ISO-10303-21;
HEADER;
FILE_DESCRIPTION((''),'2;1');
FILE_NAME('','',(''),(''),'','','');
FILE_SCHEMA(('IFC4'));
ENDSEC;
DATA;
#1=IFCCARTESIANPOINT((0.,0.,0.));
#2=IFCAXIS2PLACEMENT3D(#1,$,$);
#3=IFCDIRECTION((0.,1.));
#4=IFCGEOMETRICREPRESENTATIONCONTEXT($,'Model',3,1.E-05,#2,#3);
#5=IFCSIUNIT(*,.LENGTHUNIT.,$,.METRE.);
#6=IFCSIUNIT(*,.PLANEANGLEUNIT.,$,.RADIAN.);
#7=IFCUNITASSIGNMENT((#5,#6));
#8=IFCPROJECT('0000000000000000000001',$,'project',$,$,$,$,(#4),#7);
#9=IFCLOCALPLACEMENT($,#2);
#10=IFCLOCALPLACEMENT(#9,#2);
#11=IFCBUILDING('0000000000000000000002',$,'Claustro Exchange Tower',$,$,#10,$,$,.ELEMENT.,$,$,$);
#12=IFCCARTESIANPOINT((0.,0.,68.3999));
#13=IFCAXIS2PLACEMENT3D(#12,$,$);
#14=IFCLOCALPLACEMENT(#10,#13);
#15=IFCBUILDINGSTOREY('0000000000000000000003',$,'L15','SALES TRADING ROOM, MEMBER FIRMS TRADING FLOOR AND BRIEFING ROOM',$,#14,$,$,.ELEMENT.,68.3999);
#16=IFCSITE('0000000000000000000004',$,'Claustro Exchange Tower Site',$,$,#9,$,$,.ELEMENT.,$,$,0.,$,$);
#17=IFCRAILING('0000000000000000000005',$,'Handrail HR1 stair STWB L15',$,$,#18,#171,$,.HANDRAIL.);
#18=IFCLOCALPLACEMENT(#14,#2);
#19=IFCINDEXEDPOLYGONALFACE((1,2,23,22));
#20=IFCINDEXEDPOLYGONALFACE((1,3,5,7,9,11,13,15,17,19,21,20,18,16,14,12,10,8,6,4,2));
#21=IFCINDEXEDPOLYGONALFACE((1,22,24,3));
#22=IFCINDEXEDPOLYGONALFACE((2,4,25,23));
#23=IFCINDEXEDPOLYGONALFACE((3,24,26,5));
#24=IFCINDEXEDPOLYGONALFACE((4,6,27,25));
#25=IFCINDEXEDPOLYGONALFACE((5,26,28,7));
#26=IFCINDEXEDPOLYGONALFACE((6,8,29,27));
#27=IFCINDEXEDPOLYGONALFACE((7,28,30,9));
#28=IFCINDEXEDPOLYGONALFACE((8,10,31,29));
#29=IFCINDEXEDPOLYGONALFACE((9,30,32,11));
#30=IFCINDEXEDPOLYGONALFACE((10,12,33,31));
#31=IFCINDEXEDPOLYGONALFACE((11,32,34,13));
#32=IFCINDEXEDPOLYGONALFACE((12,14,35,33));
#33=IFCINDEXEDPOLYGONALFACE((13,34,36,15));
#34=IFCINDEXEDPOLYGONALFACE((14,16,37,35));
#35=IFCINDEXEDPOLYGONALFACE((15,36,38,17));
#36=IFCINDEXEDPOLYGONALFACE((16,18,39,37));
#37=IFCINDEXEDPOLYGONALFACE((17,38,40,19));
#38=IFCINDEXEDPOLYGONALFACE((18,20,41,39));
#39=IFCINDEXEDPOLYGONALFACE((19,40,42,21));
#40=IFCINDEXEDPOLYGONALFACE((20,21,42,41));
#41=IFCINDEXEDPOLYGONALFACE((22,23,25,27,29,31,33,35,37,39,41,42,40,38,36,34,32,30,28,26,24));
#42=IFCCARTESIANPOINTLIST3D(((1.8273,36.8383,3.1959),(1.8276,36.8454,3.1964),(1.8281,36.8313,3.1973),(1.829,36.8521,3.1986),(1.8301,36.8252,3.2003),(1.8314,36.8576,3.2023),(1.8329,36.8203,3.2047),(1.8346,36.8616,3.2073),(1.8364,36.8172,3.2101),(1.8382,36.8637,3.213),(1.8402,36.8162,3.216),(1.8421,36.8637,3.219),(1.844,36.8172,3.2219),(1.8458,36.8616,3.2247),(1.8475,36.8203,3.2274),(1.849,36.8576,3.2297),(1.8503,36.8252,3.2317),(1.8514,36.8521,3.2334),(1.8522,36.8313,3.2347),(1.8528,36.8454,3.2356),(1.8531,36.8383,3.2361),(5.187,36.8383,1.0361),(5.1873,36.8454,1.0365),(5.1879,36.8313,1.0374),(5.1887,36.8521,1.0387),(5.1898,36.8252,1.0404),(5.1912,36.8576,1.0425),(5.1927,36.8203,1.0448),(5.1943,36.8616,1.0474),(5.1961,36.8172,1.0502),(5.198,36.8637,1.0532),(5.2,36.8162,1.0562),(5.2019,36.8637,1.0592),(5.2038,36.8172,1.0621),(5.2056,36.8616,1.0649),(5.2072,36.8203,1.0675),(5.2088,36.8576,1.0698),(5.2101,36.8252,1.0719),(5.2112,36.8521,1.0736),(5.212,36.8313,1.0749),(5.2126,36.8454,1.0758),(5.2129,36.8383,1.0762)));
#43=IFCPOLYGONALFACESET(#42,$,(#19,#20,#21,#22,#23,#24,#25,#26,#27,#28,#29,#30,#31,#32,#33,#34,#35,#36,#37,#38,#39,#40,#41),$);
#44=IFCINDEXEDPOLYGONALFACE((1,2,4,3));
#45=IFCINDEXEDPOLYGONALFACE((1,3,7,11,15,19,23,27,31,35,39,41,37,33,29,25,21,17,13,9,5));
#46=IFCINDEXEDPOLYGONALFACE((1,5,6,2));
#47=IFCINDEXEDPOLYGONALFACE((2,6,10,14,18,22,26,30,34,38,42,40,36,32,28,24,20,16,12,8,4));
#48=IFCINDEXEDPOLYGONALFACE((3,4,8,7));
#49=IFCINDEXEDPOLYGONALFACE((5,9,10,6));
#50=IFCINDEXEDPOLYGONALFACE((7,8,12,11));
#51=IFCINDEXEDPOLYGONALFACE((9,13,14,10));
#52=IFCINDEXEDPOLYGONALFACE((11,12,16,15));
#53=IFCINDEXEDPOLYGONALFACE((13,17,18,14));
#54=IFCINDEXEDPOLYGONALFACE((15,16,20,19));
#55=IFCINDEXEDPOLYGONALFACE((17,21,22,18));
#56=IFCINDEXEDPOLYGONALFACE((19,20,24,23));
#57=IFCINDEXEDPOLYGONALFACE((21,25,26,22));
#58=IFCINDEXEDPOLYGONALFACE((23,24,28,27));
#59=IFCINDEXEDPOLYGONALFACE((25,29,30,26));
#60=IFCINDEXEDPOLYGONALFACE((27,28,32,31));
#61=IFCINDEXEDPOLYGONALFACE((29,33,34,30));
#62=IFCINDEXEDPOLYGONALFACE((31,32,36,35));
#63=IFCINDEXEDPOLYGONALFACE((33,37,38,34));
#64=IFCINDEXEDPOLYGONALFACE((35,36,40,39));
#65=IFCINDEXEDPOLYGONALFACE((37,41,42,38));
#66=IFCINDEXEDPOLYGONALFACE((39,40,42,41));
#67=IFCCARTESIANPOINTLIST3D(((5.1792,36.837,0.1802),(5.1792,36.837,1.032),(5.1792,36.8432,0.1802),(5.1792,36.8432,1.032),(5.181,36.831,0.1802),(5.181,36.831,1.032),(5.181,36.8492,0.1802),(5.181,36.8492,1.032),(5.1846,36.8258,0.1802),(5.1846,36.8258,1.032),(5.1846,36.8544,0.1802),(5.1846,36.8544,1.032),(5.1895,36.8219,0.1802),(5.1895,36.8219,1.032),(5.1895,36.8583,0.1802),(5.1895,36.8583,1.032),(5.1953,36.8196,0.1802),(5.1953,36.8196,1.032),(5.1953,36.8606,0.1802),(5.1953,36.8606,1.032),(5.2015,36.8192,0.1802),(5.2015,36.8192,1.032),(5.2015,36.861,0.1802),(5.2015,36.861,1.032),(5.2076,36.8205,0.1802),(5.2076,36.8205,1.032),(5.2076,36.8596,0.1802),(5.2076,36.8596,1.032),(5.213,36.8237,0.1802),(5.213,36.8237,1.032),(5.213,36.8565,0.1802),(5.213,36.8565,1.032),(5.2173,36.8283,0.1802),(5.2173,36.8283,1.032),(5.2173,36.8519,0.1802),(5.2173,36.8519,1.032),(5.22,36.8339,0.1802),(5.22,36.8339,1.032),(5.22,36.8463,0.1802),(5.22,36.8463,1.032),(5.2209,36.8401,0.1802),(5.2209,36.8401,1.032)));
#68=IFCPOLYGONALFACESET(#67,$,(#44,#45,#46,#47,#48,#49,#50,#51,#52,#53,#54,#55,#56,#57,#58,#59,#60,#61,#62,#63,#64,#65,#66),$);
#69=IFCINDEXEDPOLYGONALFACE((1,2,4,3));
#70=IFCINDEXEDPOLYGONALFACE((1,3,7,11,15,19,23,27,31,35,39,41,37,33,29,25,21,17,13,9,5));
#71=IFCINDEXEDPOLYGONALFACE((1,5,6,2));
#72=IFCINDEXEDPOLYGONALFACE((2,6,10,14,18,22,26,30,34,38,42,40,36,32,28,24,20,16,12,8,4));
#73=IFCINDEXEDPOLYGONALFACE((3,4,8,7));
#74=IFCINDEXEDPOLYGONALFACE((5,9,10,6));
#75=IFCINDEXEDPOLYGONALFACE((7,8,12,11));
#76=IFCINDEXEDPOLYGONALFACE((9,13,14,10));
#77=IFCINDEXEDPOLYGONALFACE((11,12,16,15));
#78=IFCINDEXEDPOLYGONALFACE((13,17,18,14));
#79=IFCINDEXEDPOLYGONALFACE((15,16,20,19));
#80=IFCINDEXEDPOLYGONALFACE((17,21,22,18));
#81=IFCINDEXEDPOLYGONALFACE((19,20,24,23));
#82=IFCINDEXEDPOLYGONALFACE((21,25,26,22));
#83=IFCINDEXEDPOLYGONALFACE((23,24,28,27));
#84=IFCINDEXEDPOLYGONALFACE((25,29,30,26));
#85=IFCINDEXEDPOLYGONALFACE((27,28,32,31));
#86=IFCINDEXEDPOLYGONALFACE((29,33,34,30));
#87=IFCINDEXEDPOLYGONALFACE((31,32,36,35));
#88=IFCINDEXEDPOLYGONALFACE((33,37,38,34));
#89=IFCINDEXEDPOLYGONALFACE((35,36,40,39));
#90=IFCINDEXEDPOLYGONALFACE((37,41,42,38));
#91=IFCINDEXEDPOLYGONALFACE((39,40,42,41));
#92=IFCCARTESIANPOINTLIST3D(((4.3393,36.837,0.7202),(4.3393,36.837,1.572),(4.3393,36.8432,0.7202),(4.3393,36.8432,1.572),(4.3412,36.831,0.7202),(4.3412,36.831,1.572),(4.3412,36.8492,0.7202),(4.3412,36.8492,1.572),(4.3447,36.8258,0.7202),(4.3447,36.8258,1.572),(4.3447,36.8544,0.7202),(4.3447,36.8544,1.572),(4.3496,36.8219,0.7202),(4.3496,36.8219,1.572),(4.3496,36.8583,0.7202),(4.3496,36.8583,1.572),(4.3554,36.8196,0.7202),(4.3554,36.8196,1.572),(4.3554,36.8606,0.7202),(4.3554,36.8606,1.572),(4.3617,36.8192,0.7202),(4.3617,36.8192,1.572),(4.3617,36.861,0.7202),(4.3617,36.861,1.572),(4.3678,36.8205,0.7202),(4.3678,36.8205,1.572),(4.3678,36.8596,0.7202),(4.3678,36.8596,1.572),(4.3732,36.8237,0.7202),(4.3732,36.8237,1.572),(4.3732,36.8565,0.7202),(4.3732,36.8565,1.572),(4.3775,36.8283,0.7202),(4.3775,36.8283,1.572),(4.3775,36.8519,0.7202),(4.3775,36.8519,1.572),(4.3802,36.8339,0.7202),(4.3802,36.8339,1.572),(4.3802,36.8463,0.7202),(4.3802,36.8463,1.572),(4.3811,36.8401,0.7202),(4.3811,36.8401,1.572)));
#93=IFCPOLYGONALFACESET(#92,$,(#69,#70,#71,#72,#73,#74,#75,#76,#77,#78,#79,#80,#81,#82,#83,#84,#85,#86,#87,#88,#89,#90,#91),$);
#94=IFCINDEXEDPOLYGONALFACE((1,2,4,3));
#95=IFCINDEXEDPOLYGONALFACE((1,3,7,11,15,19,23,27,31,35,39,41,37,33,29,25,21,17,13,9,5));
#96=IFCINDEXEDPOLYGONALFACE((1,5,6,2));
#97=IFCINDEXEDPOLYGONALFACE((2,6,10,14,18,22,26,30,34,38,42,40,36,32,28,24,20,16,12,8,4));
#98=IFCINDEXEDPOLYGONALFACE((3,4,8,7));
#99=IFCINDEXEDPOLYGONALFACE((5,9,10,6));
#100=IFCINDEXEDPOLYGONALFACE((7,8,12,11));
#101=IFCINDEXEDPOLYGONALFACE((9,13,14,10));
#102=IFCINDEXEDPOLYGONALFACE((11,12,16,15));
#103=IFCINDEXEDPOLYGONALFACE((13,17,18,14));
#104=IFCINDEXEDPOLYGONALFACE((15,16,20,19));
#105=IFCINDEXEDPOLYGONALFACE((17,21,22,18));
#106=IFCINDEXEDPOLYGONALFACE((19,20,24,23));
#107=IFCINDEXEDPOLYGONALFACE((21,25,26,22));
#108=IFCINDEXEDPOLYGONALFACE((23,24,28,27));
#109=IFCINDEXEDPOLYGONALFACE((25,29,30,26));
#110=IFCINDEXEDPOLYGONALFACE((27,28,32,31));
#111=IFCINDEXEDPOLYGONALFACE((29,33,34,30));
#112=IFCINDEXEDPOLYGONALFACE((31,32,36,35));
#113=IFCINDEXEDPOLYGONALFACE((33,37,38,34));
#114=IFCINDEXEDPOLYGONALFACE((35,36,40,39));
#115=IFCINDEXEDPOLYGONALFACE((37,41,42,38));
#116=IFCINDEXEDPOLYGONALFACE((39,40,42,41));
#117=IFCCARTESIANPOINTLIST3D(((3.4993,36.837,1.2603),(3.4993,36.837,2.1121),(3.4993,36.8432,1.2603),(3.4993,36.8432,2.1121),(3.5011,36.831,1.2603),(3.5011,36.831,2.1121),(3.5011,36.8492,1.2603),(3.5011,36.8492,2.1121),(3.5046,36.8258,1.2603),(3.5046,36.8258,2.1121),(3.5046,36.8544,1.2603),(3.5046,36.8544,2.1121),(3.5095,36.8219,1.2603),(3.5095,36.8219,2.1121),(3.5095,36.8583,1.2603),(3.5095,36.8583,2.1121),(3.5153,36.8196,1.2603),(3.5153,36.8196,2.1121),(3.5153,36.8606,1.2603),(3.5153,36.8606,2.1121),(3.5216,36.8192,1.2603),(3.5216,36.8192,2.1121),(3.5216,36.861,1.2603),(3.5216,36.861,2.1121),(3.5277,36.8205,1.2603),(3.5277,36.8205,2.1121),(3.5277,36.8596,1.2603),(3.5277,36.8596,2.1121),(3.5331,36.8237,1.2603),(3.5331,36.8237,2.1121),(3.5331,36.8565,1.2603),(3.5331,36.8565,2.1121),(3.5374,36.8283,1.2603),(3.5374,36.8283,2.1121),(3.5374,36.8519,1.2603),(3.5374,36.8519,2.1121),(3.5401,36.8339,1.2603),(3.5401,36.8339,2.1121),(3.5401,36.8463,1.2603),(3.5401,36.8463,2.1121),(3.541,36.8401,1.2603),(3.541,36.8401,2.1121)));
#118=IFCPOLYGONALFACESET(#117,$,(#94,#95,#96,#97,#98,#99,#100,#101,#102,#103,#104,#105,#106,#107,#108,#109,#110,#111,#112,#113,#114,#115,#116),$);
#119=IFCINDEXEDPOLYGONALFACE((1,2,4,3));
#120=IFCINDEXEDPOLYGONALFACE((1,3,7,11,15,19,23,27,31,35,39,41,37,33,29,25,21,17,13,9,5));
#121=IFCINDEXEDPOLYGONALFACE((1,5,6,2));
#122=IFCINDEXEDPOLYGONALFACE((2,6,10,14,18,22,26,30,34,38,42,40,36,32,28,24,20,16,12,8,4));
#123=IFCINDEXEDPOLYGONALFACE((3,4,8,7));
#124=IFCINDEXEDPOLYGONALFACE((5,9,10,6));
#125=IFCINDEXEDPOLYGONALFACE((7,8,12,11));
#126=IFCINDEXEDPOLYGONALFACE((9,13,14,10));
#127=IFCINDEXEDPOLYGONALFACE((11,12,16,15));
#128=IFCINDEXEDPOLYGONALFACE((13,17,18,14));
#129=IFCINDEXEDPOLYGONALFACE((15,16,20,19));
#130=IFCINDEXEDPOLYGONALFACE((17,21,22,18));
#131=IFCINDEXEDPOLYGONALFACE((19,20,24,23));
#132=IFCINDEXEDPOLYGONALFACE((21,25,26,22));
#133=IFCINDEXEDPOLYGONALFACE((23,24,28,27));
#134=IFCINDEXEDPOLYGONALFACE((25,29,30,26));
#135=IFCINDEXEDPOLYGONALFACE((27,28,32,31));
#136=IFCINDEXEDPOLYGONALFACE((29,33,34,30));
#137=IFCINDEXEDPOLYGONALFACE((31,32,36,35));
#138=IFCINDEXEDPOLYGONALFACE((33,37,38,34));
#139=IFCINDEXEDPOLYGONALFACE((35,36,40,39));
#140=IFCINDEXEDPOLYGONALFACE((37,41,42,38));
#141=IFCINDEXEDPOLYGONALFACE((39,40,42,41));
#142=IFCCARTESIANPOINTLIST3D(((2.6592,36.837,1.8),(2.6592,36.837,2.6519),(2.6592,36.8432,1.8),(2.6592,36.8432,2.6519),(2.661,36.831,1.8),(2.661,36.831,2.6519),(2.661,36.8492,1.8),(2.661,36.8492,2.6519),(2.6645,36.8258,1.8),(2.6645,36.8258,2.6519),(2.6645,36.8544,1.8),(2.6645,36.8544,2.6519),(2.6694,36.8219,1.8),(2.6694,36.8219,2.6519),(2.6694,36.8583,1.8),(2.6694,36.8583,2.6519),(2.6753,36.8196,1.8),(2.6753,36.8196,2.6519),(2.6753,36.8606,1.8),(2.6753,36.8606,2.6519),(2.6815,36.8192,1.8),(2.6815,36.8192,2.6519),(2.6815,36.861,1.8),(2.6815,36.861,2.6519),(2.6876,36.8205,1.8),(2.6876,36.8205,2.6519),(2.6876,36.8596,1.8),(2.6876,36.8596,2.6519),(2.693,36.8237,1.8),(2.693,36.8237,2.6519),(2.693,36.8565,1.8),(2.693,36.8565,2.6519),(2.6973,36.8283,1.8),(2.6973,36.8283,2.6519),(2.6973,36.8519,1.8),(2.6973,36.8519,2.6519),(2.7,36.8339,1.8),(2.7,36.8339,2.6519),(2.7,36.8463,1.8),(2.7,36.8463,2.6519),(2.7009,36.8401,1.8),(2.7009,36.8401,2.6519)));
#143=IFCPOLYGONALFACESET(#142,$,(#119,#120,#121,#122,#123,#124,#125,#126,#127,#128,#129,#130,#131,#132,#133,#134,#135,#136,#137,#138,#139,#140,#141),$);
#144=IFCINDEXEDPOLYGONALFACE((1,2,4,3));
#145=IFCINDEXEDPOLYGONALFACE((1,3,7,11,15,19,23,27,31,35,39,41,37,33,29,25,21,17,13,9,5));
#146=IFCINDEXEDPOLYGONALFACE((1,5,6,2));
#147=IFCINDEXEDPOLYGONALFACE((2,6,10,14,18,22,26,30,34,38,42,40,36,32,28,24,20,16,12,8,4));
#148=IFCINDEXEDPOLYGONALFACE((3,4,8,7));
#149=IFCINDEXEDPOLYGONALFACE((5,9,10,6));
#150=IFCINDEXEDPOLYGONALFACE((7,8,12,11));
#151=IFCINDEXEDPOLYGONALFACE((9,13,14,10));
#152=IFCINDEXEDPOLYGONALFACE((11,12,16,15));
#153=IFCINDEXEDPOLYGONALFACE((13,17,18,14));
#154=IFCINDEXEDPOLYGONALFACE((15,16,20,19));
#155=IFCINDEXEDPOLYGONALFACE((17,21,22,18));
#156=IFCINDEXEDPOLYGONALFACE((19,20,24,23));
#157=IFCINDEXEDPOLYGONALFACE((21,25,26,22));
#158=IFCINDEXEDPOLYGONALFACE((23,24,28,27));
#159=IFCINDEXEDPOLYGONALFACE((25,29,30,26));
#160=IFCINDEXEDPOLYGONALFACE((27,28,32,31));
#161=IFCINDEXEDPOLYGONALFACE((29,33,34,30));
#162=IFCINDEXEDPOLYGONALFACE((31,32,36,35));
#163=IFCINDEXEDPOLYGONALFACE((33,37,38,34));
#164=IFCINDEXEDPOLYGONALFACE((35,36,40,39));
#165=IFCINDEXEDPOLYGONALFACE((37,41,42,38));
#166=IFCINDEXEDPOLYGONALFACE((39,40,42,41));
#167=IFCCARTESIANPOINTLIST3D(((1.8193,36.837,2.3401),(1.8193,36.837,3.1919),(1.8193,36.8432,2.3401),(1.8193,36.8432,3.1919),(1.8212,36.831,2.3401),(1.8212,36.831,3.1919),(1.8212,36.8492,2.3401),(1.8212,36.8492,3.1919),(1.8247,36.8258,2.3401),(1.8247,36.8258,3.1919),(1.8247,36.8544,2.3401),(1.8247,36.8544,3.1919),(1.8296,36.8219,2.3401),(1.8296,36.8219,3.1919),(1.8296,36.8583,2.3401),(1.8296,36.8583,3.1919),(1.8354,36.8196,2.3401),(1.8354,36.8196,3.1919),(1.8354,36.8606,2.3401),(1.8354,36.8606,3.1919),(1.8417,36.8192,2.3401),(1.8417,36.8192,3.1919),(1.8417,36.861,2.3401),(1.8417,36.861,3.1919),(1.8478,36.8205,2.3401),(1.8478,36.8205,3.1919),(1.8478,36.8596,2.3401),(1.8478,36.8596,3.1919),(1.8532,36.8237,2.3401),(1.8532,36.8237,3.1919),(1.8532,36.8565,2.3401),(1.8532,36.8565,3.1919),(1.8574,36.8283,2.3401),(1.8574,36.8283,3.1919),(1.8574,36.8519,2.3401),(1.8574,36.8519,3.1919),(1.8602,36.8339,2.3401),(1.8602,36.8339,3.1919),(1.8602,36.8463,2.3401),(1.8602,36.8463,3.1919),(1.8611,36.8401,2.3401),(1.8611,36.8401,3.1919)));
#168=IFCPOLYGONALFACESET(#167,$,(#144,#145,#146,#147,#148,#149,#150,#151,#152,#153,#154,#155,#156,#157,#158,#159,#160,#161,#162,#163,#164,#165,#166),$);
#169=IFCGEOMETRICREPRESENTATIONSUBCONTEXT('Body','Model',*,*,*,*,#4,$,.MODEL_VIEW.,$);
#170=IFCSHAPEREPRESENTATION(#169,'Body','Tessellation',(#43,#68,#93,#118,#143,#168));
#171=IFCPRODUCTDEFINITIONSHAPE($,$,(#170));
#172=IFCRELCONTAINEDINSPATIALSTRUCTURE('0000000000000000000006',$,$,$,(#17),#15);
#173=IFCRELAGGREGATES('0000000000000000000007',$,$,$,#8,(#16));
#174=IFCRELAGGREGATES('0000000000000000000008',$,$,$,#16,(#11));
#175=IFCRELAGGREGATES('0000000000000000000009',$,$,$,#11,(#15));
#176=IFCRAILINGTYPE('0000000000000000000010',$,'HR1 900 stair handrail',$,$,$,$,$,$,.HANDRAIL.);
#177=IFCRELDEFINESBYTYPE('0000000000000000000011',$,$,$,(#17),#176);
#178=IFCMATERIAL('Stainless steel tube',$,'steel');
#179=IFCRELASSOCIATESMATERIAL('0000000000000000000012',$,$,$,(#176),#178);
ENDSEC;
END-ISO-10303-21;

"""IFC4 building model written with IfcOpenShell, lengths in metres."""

from ifc_helpers import new_model, si_unit, direction, frame, origin, origin_2d, place, context, subcontext, project, spatial, circle, extrude, material, type_object, element, save


model = new_model("IFC4")

# Units and contexts
model_context = context("Model", 3, precision=1e-05, world=origin(), true_north=direction((0.0, 1.0)))
body_context = subcontext(model_context, "Body", "Model", "MODEL_VIEW")
ifc_project = project(units=[si_unit("LENGTHUNIT", "METRE"), si_unit("PLANEANGLEUNIT", "RADIAN")], contexts=[model_context])

# Site, building, storey
site_placement = place(None, origin())
site = spatial("IfcSite", under=ifc_project, at=site_placement, Name="Claustro Exchange Tower Site", CompositionType="ELEMENT", RefElevation=0.0)
building_placement = place(site_placement, origin())
building = spatial("IfcBuilding", under=site, at=building_placement, Name="Claustro Exchange Tower", CompositionType="ELEMENT")
storey_placement = place(building_placement, frame((0.0, 0.0, 68.3999)))
storey = spatial("IfcBuildingStorey", under=building, at=storey_placement, Name="L15", Description="SALES TRADING ROOM, MEMBER FIRMS TRADING FLOOR AND BRIEFING ROOM", CompositionType="ELEMENT", Elevation=68.3999)

# Railing
ifc_material_1 = material(Name="Stainless steel tube", Category="steel")
railing_type_1 = type_object("IfcRailingType", Name="HR1 900 stair handrail", PredefinedType="HANDRAIL", material=ifc_material_1)
railing_1_placement = place(storey_placement, frame((5.2, 36.8401, 0.1802)))
element("IfcRailing", 1, at=railing_1_placement, inside=storey, type_object=railing_type_1, Name="Handrail HR1 stair STWB L15", PredefinedType="HANDRAIL", context=body_context, shape_type="SweptSolid", body=[
    extrude(circle(Radius=0.0239, at=origin_2d()), frame((0.0, 0.0, 0.876), z_axis=(-0.841178, 0.0, 0.540758), x_axis=(0.0, -1.0, 0.0)), (0.0, 0.0, 1.0), 3.9941),
    extrude(circle(Radius=0.021, at=origin_2d()), origin(), (0.0, 0.0, 1.0), 0.8518),
    extrude(circle(Radius=0.021, at=origin_2d()), frame((-0.8398, 0.0, 0.54)), (0.0, 0.0, 1.0), 0.8518),
    extrude(circle(Radius=0.021, at=origin_2d()), frame((-1.6799, 0.0, 1.0801)), (0.0, 0.0, 1.0), 0.8518),
    extrude(circle(Radius=0.021, at=origin_2d()), frame((-2.52, 0.0, 1.6199)), (0.0, 0.0, 1.0), 0.8518),
    extrude(circle(Radius=0.021, at=origin_2d()), frame((-3.3599, 0.0, 2.1599)), (0.0, 0.0, 1.0), 0.8518),
])

save(model, "model.ifc")
